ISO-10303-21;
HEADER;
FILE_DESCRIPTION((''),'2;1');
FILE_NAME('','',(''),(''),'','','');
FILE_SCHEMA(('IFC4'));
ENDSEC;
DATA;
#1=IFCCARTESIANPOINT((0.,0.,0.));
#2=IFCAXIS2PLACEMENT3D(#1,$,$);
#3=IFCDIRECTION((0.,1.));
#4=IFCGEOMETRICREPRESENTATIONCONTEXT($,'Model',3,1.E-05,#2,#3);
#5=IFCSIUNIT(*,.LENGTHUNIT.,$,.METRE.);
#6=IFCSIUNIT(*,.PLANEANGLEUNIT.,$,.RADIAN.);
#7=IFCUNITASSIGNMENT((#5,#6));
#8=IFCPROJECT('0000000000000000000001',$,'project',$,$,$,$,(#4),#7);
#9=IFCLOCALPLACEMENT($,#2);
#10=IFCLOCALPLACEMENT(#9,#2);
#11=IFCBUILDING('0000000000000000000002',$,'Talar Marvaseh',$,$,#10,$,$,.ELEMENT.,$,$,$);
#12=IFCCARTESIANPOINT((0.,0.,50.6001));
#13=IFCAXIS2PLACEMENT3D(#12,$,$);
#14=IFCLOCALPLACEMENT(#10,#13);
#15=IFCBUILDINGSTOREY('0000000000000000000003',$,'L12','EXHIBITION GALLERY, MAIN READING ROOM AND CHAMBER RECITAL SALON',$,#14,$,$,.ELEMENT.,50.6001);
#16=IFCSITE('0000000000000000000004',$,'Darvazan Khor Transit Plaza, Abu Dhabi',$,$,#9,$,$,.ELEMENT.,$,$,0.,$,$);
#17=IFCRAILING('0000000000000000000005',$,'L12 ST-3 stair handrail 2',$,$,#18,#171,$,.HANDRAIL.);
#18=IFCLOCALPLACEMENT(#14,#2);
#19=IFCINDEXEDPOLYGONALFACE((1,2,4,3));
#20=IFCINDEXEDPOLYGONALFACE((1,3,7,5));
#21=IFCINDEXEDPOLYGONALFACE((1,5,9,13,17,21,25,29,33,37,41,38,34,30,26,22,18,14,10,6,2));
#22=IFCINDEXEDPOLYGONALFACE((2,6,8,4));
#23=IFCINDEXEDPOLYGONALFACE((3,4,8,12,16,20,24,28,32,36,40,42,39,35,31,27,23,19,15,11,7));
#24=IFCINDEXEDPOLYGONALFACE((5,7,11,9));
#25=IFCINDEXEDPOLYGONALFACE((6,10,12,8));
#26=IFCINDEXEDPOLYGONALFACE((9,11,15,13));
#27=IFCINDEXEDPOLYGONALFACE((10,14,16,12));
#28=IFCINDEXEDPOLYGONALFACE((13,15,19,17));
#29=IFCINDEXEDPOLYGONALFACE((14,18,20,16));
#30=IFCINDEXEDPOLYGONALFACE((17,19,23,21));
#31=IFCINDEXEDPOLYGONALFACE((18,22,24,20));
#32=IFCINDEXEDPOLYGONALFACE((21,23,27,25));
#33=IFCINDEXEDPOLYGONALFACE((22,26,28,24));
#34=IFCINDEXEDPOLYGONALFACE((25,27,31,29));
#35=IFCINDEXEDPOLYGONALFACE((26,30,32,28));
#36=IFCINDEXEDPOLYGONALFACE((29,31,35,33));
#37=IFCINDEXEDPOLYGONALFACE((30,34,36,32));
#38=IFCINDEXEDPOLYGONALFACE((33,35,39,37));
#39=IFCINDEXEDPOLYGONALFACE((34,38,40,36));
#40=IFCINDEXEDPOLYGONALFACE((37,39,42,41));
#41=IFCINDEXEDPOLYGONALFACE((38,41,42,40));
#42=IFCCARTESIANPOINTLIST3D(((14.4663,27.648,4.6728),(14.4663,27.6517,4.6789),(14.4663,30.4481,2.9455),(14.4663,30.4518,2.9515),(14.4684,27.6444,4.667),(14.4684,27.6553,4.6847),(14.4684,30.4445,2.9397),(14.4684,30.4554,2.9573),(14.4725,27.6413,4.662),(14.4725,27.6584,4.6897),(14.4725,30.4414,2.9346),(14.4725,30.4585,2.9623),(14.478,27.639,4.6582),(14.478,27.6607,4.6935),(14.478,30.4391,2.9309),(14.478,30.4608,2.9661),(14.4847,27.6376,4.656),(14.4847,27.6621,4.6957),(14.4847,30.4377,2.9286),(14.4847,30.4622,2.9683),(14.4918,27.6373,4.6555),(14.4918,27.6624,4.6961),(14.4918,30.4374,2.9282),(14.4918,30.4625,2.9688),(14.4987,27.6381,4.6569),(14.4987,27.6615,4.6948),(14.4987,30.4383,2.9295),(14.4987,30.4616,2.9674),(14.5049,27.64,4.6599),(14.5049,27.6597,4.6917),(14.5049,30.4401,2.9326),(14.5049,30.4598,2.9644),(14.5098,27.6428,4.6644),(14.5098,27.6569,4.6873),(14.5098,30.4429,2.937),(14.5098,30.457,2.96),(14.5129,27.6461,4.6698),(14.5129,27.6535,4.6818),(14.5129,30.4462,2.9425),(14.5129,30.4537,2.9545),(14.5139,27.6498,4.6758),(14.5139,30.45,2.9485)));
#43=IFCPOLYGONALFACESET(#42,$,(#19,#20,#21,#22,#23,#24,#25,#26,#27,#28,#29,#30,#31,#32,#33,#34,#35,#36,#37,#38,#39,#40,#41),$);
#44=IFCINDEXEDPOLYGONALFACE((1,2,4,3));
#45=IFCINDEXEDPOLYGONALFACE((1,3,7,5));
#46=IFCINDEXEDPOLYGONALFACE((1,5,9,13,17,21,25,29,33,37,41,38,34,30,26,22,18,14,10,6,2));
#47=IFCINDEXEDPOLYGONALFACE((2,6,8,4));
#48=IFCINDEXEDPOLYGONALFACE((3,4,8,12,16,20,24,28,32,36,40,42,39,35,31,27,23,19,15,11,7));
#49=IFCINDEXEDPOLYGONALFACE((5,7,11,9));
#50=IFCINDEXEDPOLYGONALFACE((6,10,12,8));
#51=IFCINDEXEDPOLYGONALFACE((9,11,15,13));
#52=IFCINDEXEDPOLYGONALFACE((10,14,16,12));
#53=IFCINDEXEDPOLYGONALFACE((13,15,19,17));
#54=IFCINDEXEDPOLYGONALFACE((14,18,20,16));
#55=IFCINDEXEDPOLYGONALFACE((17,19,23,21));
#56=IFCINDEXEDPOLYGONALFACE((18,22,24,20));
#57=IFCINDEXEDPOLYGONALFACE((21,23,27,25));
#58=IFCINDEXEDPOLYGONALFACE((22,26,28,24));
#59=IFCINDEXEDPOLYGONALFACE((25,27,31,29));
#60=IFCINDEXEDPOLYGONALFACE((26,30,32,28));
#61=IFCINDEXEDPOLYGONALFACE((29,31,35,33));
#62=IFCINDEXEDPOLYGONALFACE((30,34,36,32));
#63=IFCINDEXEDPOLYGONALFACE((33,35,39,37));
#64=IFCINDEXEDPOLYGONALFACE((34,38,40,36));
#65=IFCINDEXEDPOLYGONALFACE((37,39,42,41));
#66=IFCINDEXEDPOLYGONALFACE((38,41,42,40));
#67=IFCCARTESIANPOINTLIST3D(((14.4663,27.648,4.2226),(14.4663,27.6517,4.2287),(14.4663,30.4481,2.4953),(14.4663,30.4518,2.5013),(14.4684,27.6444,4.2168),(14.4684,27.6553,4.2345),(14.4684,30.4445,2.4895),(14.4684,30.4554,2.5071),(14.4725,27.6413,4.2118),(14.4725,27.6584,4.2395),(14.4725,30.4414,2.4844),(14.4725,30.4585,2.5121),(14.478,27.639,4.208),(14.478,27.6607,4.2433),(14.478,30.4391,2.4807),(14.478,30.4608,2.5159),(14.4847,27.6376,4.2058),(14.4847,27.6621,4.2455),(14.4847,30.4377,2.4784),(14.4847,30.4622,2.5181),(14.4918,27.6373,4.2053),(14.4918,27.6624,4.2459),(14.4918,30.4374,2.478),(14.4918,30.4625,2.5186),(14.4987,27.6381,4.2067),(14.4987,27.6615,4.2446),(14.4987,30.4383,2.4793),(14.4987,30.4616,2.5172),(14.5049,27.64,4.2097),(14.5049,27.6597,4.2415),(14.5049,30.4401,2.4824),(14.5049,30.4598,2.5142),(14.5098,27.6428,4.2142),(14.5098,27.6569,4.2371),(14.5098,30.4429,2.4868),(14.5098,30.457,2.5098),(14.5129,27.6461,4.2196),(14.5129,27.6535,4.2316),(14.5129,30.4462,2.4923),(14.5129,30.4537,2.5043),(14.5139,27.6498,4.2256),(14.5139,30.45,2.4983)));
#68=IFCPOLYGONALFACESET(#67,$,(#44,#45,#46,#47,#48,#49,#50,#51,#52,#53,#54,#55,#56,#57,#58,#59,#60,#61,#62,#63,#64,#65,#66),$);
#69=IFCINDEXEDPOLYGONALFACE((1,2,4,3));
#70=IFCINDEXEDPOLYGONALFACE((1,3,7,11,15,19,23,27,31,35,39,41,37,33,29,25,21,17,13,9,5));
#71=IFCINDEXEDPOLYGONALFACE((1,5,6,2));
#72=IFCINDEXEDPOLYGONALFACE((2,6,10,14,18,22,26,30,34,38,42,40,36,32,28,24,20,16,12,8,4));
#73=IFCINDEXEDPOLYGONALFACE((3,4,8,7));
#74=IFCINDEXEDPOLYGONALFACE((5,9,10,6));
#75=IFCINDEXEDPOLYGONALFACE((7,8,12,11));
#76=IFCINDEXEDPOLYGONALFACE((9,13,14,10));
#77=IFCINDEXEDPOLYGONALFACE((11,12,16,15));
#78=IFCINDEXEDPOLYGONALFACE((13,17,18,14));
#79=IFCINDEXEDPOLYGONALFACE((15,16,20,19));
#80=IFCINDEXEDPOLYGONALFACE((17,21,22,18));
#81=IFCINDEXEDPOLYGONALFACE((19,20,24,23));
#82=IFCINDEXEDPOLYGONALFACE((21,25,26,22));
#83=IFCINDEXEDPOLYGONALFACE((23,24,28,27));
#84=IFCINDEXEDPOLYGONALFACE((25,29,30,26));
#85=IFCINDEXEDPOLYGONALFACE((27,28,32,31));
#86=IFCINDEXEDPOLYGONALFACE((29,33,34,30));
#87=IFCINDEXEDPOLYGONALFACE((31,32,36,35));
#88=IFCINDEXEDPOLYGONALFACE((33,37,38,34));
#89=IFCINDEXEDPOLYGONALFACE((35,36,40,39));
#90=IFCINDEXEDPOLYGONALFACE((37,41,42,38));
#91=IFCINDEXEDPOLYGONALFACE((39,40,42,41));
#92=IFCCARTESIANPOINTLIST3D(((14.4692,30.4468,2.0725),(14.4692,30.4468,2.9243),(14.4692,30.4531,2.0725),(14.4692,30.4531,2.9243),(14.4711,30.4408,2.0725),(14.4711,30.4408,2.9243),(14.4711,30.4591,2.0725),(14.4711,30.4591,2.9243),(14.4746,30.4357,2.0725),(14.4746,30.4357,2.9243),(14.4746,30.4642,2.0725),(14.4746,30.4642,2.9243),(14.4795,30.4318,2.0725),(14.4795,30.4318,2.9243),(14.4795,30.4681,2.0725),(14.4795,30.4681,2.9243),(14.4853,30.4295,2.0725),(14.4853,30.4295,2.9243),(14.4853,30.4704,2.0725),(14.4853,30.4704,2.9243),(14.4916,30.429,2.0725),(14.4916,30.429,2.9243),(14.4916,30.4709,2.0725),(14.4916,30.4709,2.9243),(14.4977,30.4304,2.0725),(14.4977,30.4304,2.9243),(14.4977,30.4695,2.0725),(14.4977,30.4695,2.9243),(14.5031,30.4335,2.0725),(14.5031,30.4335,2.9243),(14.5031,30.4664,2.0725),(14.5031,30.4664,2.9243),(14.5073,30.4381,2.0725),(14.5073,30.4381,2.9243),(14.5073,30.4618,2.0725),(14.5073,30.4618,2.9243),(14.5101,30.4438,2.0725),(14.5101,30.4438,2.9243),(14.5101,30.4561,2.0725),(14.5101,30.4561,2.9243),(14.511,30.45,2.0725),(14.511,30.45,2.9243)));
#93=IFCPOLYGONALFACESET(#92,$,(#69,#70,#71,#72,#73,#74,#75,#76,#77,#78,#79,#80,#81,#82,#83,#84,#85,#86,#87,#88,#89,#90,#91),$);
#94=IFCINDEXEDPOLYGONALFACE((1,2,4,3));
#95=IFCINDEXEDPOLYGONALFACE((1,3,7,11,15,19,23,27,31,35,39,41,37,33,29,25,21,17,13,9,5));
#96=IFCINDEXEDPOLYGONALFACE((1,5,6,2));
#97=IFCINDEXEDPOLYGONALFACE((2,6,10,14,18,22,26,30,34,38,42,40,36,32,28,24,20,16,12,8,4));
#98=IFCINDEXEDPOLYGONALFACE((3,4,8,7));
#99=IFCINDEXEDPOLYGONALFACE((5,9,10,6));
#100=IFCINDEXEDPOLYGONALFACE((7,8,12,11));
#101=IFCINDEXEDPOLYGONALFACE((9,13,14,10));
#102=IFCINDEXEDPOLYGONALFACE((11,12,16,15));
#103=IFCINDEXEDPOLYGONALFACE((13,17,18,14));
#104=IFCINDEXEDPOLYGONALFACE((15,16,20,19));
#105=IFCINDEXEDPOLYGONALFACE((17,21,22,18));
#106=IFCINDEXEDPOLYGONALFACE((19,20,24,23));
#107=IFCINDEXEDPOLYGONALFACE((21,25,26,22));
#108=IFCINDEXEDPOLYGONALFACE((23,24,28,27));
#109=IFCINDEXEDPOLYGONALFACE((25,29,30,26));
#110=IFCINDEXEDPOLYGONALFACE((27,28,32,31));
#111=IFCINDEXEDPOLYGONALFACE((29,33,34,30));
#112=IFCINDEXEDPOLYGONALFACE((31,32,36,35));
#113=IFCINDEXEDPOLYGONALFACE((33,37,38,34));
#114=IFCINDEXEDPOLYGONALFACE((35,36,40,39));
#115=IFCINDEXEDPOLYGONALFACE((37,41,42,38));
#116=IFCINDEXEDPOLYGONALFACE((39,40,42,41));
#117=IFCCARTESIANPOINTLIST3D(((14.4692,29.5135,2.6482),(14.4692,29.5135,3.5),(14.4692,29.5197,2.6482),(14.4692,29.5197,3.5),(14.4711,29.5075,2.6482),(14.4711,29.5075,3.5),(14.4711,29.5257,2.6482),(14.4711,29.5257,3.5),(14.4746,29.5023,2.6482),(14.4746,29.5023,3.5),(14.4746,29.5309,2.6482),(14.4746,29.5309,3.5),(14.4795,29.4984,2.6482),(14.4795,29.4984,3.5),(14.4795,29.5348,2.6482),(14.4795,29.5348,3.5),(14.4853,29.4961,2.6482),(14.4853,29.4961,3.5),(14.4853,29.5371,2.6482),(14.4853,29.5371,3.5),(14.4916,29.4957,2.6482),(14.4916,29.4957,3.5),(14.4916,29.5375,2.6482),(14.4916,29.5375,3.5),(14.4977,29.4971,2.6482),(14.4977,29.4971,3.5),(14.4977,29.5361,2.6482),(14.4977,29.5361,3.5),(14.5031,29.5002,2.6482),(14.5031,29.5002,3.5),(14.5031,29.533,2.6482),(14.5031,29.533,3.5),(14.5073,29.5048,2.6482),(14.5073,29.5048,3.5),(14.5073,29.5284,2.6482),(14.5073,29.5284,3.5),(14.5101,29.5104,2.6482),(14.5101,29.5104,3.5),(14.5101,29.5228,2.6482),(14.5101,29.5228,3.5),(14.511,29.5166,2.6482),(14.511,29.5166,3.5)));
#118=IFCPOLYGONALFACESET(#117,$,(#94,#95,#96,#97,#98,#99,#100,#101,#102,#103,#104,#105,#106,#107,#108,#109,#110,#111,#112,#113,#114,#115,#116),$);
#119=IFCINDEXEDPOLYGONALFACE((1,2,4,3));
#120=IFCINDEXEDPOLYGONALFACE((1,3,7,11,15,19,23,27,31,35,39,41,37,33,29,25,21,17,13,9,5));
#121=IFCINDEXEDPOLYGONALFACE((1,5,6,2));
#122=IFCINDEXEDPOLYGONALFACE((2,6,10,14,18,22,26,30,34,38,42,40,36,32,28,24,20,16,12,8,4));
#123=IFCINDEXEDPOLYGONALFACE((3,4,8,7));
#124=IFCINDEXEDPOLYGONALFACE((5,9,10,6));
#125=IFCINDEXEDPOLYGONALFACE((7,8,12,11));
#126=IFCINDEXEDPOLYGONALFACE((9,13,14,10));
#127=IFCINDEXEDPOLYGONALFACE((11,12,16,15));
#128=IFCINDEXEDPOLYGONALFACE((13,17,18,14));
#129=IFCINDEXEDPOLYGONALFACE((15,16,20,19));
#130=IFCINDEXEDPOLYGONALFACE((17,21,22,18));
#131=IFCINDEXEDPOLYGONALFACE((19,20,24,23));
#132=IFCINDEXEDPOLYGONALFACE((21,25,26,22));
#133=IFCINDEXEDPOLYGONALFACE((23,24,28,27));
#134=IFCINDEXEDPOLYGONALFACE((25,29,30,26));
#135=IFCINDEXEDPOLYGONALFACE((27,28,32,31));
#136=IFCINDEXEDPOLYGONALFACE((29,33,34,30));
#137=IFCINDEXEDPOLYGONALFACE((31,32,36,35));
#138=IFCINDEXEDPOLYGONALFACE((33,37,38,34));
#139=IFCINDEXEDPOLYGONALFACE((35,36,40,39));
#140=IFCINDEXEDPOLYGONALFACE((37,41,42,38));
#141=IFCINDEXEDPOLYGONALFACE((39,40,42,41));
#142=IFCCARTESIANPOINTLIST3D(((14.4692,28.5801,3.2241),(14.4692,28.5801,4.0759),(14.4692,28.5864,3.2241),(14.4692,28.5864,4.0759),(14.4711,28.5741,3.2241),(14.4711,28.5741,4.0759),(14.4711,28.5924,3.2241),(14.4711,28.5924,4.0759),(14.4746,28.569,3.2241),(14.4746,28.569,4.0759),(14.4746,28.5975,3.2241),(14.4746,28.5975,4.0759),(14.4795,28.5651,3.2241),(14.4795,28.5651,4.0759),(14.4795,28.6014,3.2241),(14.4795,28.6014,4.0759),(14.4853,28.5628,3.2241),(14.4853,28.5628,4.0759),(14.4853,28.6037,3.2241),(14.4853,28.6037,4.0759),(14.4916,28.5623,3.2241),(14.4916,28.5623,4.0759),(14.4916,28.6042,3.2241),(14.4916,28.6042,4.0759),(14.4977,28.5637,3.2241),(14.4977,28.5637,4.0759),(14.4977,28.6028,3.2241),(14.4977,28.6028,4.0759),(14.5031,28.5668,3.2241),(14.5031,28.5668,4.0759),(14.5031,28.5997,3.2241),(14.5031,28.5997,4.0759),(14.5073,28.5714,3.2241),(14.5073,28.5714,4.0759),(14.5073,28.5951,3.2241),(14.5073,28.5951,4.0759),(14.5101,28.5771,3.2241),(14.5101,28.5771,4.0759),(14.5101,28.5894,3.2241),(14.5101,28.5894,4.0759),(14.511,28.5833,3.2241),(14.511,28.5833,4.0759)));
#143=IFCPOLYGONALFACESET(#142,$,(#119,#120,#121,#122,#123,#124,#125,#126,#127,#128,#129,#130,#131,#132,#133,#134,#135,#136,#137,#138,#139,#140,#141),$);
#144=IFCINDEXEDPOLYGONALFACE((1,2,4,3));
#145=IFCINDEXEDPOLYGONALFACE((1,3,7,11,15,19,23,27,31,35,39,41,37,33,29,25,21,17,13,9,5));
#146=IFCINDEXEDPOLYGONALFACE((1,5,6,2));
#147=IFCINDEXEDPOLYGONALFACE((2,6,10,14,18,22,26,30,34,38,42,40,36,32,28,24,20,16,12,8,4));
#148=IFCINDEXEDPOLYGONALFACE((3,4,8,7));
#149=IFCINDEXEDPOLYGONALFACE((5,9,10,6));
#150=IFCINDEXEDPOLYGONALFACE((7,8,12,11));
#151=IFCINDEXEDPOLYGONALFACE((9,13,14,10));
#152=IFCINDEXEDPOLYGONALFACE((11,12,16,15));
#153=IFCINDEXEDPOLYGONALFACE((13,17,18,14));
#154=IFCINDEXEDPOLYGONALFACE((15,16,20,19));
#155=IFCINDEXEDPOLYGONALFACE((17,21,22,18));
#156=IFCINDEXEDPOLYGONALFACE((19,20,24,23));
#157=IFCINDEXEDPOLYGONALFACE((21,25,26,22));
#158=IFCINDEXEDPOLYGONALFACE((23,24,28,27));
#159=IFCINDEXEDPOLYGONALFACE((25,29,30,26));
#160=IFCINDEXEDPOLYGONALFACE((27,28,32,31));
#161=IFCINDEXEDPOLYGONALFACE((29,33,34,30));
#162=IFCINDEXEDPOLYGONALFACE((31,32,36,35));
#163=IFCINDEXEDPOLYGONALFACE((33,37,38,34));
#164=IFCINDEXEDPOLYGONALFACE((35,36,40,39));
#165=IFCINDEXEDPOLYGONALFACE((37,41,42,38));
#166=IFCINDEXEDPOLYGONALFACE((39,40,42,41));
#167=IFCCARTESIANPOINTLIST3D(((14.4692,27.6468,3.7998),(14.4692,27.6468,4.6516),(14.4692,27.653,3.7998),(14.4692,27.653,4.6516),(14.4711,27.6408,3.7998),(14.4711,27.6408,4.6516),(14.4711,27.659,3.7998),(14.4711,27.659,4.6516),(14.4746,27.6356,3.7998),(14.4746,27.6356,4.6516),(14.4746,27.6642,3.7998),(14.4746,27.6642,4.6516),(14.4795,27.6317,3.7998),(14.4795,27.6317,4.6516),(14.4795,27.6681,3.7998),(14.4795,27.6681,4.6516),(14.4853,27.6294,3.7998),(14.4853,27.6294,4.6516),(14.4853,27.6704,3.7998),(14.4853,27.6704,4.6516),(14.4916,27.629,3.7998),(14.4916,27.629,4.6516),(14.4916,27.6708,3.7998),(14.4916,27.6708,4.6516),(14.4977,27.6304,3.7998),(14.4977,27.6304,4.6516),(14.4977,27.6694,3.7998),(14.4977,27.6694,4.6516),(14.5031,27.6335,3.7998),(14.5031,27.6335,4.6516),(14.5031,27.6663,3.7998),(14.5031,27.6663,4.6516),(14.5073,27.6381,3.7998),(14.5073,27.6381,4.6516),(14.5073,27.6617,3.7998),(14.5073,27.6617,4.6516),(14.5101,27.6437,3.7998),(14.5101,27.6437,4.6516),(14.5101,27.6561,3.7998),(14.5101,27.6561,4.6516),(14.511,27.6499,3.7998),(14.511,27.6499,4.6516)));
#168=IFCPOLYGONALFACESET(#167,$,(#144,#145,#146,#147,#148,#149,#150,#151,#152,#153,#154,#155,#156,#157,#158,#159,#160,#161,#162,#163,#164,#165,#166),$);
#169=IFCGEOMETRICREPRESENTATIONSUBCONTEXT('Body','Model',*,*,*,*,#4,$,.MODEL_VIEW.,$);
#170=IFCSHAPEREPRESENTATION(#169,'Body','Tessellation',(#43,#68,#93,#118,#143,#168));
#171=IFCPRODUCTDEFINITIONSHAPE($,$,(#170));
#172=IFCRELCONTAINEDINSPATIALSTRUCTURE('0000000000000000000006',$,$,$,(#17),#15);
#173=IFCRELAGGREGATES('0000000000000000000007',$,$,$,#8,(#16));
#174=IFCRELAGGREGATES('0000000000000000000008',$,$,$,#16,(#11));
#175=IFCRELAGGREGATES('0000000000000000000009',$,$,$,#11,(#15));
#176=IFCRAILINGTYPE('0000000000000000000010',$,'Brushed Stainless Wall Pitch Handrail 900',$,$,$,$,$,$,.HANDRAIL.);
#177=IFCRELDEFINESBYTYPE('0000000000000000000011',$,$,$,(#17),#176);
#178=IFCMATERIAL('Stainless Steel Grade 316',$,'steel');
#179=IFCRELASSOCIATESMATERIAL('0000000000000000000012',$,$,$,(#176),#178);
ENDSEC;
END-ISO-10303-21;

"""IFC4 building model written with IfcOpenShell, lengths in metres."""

from ifc_helpers import new_model, si_unit, direction, frame, origin, origin_2d, place, context, subcontext, project, spatial, circle, extrude, material, type_object, element, save


model = new_model("IFC4")

# Units and contexts
model_context = context("Model", 3, precision=1e-05, world=origin(), true_north=direction((0.0, 1.0)))
body_context = subcontext(model_context, "Body", "Model", "MODEL_VIEW")
ifc_project = project(units=[si_unit("LENGTHUNIT", "METRE"), si_unit("PLANEANGLEUNIT", "RADIAN")], contexts=[model_context])

# Site, building, storey
site_placement = place(None, origin())
site = spatial("IfcSite", under=ifc_project, at=site_placement, Name="Darvazan Khor Transit Plaza, Abu Dhabi", CompositionType="ELEMENT", RefElevation=0.0)
building_placement = place(site_placement, origin())
building = spatial("IfcBuilding", under=site, at=building_placement, Name="Talar Marvaseh", CompositionType="ELEMENT")
storey_placement = place(building_placement, frame((0.0, 0.0, 50.6001)))
storey = spatial("IfcBuildingStorey", under=building, at=storey_placement, Name="L12", Description="EXHIBITION GALLERY, MAIN READING ROOM AND CHAMBER RECITAL SALON", CompositionType="ELEMENT", Elevation=50.6001)

# Railing
ifc_material_1 = material(Name="Stainless Steel Grade 316", Category="steel")
railing_type_1 = type_object("IfcRailingType", Name="Brushed Stainless Wall Pitch Handrail 900", PredefinedType="HANDRAIL", material=ifc_material_1)
railing_1_placement = place(storey_placement, frame((14.49, 30.45, 2.0725)))
element("IfcRailing", 1, at=railing_1_placement, inside=storey, type_object=railing_type_1, Name="L12 ST-3 stair handrail 2", PredefinedType="HANDRAIL", context=body_context, shape_type="SweptSolid", body=[
    extrude(circle(Radius=0.0239, at=origin_2d()), frame((0.0, 0.0, 0.876), z_axis=(0.0, -0.85109, 0.52502), x_axis=(1.0, 0.0, 0.0)), (0.0, 0.0, 1.0), 3.29),
    extrude(circle(Radius=0.0239, at=origin_2d()), frame((0.0, 0.0, 0.4258), z_axis=(0.0, -0.85109, 0.52502), x_axis=(1.0, 0.0, 0.0)), (0.0, 0.0, 1.0), 3.29),
    extrude(circle(Radius=0.021, at=origin_2d()), origin(), (0.0, 0.0, 1.0), 0.8518),
    extrude(circle(Radius=0.021, at=origin_2d()), frame((0.0, -0.9333, 0.5757)), (0.0, 0.0, 1.0), 0.8518),
    extrude(circle(Radius=0.021, at=origin_2d()), frame((0.0, -1.8667, 1.1516)), (0.0, 0.0, 1.0), 0.8518),
    extrude(circle(Radius=0.021, at=origin_2d()), frame((0.0, -2.8, 1.7273)), (0.0, 0.0, 1.0), 0.8518),
])

save(model, "model.ifc")
